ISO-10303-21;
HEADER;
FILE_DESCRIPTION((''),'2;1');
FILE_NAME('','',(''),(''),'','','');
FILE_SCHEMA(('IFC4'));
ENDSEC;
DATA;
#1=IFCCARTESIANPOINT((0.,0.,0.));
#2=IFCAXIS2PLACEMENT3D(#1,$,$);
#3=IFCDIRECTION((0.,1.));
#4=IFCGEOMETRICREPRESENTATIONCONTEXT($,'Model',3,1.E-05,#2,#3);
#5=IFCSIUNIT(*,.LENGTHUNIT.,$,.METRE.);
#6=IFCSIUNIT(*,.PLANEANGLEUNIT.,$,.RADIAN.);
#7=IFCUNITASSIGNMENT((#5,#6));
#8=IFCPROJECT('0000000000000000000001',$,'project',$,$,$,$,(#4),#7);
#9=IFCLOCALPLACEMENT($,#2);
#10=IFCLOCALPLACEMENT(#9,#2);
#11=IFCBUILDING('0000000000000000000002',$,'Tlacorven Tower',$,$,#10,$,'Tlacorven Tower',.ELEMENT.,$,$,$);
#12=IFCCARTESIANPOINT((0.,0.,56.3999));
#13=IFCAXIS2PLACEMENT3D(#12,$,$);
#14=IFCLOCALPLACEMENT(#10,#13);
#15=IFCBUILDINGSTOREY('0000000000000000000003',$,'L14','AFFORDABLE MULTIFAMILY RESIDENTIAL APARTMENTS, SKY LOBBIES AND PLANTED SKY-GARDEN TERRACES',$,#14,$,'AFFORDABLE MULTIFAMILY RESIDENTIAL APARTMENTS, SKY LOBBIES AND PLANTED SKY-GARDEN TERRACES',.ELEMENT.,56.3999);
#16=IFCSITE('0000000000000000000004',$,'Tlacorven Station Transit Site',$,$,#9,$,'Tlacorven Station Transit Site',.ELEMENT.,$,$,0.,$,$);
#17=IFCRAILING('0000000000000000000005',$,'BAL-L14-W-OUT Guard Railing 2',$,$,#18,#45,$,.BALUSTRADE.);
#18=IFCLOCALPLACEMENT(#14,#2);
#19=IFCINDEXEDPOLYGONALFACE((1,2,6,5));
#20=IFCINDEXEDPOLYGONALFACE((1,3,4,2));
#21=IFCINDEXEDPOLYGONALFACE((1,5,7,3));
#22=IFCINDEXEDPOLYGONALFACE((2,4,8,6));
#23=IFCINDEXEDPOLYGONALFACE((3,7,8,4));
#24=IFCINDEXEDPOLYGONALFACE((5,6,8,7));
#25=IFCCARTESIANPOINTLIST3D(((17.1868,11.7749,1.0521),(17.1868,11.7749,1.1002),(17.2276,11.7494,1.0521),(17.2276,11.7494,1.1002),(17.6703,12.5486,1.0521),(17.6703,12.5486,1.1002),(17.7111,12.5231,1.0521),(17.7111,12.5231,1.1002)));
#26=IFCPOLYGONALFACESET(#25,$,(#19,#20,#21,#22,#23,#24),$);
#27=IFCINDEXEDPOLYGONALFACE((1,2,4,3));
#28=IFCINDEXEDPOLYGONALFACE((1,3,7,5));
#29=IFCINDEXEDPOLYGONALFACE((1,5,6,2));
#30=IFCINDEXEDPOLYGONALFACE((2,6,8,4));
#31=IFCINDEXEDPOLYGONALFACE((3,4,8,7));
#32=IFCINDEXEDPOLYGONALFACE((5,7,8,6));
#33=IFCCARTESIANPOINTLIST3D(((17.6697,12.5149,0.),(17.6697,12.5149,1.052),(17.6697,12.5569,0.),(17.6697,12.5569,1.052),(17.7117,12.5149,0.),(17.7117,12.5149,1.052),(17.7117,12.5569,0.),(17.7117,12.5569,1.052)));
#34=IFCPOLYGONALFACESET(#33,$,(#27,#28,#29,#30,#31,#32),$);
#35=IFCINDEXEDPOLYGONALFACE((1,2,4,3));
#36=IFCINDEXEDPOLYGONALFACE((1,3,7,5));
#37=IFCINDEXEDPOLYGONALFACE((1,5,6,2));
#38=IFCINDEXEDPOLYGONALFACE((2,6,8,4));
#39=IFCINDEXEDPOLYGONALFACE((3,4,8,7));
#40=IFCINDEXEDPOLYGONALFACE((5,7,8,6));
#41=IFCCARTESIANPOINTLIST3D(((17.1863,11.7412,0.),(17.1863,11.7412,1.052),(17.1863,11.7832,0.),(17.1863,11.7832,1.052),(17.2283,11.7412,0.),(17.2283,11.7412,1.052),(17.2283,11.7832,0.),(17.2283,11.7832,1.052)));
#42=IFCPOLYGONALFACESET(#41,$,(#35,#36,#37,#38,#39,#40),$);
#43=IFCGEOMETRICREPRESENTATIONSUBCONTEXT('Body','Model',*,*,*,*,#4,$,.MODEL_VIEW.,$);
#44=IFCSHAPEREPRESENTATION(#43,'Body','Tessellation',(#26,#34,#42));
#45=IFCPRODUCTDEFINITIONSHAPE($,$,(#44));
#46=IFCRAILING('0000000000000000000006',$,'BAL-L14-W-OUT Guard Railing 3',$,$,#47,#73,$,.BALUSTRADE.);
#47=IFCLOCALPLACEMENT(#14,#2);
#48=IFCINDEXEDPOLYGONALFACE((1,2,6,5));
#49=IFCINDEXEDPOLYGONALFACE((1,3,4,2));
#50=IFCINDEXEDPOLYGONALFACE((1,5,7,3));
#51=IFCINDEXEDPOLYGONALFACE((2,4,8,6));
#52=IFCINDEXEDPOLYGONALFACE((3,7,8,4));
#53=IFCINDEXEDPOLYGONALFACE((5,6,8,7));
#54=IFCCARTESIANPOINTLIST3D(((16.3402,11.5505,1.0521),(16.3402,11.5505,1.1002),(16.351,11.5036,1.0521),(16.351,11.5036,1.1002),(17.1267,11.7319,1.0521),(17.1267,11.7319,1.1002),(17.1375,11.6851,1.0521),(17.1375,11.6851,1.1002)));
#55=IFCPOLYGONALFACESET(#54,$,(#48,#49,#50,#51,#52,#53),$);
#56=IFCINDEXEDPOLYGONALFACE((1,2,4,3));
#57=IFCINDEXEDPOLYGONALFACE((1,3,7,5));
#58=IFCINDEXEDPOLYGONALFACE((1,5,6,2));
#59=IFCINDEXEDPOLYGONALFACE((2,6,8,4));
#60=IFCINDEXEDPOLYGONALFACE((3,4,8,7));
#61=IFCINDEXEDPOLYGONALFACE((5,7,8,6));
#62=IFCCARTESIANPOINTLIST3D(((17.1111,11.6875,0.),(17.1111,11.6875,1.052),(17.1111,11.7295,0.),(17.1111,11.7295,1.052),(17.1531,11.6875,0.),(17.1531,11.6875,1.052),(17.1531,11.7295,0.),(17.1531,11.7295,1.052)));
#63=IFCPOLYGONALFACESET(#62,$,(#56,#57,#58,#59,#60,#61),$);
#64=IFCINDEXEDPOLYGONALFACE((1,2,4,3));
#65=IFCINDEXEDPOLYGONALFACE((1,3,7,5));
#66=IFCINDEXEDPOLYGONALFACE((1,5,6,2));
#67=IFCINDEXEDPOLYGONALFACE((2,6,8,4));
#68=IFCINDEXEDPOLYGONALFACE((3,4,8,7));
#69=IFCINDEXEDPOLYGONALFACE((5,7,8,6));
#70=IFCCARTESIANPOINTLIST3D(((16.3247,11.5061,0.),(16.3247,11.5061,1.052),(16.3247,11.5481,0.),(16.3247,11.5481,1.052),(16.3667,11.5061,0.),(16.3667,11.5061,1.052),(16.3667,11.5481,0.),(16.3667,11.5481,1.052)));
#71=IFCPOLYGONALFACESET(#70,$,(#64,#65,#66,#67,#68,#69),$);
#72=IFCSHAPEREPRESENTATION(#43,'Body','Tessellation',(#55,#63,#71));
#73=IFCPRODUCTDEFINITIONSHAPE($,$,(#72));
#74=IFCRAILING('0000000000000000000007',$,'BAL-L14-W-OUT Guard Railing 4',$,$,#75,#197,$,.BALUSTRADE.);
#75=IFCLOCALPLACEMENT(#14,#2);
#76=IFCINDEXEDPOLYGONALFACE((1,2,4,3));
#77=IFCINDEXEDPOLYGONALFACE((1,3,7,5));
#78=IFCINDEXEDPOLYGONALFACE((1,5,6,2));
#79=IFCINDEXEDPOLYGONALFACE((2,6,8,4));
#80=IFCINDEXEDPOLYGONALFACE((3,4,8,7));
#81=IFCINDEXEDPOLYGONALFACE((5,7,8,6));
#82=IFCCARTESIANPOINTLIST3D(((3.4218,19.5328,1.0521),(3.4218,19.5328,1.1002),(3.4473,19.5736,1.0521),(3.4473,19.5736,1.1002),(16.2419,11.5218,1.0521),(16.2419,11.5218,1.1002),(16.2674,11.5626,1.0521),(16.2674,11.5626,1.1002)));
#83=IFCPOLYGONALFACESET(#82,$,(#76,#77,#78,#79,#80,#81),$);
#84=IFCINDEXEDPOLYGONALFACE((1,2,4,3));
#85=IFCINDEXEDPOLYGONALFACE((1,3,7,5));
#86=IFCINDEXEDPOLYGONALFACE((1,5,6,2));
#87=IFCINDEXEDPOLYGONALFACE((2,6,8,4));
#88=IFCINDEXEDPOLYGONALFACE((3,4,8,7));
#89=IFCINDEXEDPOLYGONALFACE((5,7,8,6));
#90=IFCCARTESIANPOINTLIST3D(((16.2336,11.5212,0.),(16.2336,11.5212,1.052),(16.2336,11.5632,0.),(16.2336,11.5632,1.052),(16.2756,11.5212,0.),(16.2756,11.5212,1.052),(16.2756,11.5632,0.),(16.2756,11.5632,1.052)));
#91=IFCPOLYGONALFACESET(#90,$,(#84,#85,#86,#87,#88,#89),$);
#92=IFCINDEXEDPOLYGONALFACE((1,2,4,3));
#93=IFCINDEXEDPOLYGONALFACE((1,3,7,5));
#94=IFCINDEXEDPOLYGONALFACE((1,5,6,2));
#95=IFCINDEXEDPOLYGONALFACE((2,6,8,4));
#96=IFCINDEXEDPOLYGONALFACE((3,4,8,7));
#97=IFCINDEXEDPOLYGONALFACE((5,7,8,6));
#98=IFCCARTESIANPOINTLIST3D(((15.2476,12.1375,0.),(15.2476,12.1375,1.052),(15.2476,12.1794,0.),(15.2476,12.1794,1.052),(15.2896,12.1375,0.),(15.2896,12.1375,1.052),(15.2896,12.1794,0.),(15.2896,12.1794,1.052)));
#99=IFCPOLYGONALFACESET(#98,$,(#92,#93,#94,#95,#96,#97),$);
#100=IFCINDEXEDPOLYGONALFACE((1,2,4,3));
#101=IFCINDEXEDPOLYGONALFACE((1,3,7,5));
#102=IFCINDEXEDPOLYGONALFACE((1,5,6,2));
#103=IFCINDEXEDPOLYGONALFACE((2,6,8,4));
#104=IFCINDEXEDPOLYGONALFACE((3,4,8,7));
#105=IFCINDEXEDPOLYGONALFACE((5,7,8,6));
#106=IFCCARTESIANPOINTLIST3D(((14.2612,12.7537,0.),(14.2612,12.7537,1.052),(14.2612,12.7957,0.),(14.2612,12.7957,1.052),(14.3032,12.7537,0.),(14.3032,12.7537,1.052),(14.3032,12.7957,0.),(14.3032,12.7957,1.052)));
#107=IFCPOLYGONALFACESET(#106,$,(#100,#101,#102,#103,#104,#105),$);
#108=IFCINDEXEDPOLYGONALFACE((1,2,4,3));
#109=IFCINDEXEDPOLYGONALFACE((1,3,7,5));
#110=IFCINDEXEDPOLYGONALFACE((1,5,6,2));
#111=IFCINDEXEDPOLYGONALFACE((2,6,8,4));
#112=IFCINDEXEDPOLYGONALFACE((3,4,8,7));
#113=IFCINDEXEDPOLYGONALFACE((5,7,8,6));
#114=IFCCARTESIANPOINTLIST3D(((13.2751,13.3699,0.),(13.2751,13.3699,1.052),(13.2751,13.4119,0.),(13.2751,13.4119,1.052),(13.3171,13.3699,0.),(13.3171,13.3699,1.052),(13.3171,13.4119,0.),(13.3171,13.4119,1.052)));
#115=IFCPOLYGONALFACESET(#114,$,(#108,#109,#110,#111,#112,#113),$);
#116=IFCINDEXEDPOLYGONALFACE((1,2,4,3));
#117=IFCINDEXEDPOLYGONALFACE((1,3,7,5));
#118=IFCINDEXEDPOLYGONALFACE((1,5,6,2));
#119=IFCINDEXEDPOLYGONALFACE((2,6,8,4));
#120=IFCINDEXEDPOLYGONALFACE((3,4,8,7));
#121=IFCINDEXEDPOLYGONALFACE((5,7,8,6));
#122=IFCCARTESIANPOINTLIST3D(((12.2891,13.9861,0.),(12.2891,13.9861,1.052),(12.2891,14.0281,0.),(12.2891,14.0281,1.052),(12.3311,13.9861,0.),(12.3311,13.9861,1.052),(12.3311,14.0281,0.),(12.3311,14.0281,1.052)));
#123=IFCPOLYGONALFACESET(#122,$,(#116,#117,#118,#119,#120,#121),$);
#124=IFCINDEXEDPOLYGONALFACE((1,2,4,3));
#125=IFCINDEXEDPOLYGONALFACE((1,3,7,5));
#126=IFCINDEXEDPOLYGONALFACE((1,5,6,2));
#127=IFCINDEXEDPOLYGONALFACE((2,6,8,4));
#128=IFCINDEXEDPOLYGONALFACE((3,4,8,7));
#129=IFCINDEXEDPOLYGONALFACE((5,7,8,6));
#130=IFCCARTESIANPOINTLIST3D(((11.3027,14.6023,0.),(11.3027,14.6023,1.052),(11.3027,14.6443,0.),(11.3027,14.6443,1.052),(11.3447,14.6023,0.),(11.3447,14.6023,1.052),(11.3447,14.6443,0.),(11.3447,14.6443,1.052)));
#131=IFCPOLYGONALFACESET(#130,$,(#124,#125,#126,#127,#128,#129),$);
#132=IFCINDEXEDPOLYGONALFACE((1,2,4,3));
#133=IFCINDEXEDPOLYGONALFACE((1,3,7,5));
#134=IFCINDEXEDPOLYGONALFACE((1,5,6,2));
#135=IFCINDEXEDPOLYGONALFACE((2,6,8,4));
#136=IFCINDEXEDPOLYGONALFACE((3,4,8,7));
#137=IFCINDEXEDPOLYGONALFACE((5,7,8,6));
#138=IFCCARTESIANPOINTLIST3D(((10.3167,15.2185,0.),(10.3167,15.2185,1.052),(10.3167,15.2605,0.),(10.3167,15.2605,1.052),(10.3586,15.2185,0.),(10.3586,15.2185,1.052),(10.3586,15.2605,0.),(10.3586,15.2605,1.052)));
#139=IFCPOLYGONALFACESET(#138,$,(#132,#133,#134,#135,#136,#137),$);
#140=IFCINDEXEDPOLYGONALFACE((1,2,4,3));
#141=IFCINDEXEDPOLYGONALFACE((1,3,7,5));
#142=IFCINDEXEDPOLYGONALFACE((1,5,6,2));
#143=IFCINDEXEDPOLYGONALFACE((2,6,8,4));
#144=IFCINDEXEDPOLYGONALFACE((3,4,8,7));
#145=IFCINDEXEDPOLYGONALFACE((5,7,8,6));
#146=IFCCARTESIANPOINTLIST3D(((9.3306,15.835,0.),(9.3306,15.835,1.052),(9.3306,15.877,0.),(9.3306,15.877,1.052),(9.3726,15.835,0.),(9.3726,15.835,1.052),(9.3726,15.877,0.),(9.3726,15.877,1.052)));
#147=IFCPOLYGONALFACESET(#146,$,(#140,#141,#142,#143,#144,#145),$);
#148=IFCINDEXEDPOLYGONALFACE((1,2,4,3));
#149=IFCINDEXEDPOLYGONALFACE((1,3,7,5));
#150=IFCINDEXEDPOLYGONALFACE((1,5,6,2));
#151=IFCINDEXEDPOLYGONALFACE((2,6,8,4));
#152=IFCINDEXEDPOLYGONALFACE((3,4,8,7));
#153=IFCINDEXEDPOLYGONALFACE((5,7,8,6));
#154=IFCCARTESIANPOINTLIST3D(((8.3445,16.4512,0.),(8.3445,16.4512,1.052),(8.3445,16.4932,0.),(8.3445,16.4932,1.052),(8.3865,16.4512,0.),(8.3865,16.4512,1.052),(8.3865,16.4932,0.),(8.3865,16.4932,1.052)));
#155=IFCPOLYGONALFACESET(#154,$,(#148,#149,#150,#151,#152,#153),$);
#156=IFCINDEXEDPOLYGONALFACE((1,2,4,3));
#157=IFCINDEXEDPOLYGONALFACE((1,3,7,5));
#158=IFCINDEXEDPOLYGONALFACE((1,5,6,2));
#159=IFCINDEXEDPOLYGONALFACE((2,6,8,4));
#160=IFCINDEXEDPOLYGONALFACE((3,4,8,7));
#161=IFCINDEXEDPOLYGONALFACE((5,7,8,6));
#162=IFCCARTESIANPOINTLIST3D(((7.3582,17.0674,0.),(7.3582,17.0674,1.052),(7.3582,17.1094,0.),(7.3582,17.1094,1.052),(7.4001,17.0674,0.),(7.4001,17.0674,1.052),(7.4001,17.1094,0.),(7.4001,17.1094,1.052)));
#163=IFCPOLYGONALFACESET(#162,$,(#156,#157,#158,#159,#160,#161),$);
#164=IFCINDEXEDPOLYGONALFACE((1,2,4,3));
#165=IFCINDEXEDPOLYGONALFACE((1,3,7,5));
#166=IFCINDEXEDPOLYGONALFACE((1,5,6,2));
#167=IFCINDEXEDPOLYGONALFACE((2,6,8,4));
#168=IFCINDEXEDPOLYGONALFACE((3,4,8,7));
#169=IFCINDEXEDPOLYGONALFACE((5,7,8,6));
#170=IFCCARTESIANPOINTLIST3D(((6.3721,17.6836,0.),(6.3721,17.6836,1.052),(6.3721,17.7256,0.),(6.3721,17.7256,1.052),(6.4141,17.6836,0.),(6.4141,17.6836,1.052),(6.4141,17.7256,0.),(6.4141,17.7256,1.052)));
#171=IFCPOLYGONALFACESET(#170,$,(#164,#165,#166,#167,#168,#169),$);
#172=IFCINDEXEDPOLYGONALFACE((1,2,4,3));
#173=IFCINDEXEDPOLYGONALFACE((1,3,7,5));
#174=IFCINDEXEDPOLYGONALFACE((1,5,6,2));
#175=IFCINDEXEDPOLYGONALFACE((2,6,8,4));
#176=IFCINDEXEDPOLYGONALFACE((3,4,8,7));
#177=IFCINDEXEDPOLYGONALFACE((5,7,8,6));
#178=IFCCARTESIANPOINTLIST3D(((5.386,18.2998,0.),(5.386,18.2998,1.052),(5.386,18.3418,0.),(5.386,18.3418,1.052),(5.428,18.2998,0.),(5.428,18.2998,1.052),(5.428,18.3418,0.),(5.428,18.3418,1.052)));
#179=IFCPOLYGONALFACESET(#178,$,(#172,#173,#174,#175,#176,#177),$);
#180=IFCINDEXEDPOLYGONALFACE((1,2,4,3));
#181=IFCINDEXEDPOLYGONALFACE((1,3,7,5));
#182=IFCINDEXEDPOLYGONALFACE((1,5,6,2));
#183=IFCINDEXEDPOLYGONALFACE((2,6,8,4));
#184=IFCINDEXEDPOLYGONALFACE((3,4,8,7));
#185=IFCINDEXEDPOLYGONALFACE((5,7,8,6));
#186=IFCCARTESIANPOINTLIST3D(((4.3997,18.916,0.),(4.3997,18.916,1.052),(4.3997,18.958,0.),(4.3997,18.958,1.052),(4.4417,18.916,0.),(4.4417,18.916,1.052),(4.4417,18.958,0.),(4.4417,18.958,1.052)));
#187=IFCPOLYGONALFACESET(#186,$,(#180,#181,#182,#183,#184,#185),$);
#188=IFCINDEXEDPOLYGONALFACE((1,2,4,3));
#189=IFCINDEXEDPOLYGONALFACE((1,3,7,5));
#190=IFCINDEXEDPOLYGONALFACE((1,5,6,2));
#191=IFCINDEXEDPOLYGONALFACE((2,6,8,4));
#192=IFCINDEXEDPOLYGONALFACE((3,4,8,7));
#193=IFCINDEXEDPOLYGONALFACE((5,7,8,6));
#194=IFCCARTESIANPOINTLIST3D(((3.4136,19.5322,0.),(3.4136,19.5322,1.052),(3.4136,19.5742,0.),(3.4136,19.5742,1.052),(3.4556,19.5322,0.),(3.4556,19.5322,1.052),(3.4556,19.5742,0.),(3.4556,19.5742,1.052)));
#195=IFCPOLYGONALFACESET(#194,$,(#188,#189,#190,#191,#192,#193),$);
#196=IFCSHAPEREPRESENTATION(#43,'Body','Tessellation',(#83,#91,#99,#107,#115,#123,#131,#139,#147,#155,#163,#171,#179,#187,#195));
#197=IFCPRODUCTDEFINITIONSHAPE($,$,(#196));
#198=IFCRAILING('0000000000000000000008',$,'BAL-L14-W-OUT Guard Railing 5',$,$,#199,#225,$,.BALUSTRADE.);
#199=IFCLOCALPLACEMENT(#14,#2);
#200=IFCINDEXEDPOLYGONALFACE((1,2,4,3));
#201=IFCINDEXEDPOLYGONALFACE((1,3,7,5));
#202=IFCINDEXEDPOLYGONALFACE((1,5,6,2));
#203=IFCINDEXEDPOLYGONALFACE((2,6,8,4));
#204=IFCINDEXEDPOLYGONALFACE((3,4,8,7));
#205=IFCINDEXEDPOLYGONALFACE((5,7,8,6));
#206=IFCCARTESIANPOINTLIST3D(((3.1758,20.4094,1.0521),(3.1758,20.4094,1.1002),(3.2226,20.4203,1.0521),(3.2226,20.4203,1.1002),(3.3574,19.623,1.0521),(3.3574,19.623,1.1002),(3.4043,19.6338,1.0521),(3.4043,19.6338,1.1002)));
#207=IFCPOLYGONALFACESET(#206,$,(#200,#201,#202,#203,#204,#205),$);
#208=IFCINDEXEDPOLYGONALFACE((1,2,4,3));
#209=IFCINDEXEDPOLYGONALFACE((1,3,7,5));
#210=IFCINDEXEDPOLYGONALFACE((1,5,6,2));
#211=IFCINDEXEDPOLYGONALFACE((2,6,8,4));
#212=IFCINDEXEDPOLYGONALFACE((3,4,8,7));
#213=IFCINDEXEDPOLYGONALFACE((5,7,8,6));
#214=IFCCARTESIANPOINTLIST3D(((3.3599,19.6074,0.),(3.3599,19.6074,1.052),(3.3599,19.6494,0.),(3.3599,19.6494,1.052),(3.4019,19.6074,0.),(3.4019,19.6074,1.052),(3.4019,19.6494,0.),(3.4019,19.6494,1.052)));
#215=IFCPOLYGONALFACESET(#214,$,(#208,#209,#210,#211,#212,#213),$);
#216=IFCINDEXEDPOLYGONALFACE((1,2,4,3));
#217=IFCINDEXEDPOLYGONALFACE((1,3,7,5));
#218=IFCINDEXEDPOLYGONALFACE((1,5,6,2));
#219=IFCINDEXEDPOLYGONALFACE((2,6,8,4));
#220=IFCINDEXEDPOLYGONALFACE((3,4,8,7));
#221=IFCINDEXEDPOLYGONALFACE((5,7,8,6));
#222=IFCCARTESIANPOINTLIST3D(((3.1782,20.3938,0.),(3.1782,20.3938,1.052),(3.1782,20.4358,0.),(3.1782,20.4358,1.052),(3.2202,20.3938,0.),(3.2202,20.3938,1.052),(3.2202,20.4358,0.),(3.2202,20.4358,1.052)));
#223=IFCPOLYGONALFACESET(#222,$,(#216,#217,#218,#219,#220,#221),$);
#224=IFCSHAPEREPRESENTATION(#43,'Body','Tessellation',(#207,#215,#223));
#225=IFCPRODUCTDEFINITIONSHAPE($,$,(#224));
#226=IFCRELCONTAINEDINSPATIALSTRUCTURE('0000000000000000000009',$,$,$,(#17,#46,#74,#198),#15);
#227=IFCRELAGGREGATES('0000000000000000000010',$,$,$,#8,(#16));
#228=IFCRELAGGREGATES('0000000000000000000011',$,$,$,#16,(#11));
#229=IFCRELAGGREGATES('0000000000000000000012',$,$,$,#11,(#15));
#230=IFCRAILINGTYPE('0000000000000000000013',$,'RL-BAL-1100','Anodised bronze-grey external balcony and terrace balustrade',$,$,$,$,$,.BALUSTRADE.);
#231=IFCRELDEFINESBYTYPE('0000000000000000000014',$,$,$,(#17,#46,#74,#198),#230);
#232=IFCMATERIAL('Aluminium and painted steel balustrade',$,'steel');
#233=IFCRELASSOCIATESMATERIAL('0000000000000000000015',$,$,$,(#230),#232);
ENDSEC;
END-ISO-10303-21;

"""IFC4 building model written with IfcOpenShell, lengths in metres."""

from ifc_helpers import new_model, si_unit, direction, frame, origin, origin_2d, place, context, subcontext, project, spatial, rectangle, extrude, source, transform, mapped, material, type_object, element, save


model = new_model("IFC4")

# Units and contexts
model_context = context("Model", 3, precision=1e-05, world=origin(), true_north=direction((0.0, 1.0)))
body_context = subcontext(model_context, "Body", "Model", "MODEL_VIEW")
ifc_project = project(units=[si_unit("LENGTHUNIT", "METRE"), si_unit("PLANEANGLEUNIT", "RADIAN")], contexts=[model_context])

# Site, building, storey
site_placement = place(None, origin())
site = spatial("IfcSite", under=ifc_project, at=site_placement, Name="Tlacorven Station Transit Site", LongName="Tlacorven Station Transit Site", CompositionType="ELEMENT", RefElevation=0.0)
building_placement = place(site_placement, origin())
building = spatial("IfcBuilding", under=site, at=building_placement, Name="Tlacorven Tower", LongName="Tlacorven Tower", CompositionType="ELEMENT")
storey_placement = place(building_placement, frame((0.0, 0.0, 56.3999)))
storey = spatial("IfcBuildingStorey", under=building, at=storey_placement, Name="L14", Description="AFFORDABLE MULTIFAMILY RESIDENTIAL APARTMENTS, SKY LOBBIES AND PLANTED SKY-GARDEN TERRACES", LongName="AFFORDABLE MULTIFAMILY RESIDENTIAL APARTMENTS, SKY LOBBIES AND PLANTED SKY-GARDEN TERRACES", CompositionType="ELEMENT", Elevation=56.3999)

# Railings
ifc_material_1 = material(Name="Aluminium and painted steel balustrade", Category="steel")
railing_type = type_object("IfcRailingType", Name="RL-BAL-1100", Description="Anodised bronze-grey external balcony and terrace balustrade", PredefinedType="BALUSTRADE", material=ifc_material_1)
shared_shape_1 = source(origin(), body_context, "Body", "SweptSolid", [
    extrude(rectangle(XDim=0.0481, YDim=0.0481, at=origin_2d()), frame((0.0, 0.0, 1.0762), z_axis=(-0.529879, -0.848073, 0.0), x_axis=(0.848073, -0.529879, 0.0)), (0.0, 0.0, 1.0), 0.9124),
    extrude(rectangle(XDim=0.042, YDim=0.042, at=origin_2d()), origin(), (0.0, 0.0, 1.0), 1.052),
    extrude(rectangle(XDim=0.042, YDim=0.042, at=origin_2d()), frame((-0.4834, -0.7737, 0.0)), (0.0, 0.0, 1.0), 1.052),
])
railing_1_placement = place(storey_placement, frame((17.6907, 12.5359, 0.0)))
element("IfcRailing", 1, at=railing_1_placement, inside=storey, type_object=railing_type, Name="BAL-L14-W-OUT Guard Railing 2", PredefinedType="BALUSTRADE", context=body_context, shape_type="MappedRepresentation", body=[
    mapped(shared_shape_1, transform((0.0, 0.0, 0.0), scale=1.0)),
])
shared_shape_2 = source(origin(), body_context, "Body", "SweptSolid", [
    extrude(rectangle(XDim=0.0481, YDim=0.0481, at=origin_2d()), frame((0.0, 0.0, 1.0762), z_axis=(-0.974412, -0.224771, 0.0), x_axis=(0.224771, -0.974412, 0.0)), (0.0, 0.0, 1.0), 0.8071),
    extrude(rectangle(XDim=0.042, YDim=0.042, at=origin_2d()), origin(), (0.0, 0.0, 1.0), 1.052),
    extrude(rectangle(XDim=0.042, YDim=0.042, at=origin_2d()), frame((-0.7864, -0.1814, 0.0)), (0.0, 0.0, 1.0), 1.052),
])
railing_2_placement = place(storey_placement, frame((17.1321, 11.7085, 0.0)))
element("IfcRailing", 2, at=railing_2_placement, inside=storey, type_object=railing_type, Name="BAL-L14-W-OUT Guard Railing 3", PredefinedType="BALUSTRADE", context=body_context, shape_type="MappedRepresentation", body=[
    mapped(shared_shape_2, transform((0.0, 0.0, 0.0), scale=1.0)),
])
shared_shape_3 = source(origin(), body_context, "Body", "SweptSolid", [
    extrude(rectangle(XDim=0.0481, YDim=0.0481, at=origin_2d()), frame((0.0, 0.0, 1.0762), z_axis=(-0.848045, 0.529925, 0.0), x_axis=(-0.529925, -0.848045, 0.0)), (0.0, 0.0, 1.0), 15.1172),
    extrude(rectangle(XDim=0.042, YDim=0.042, at=origin_2d()), origin(), (0.0, 0.0, 1.0), 1.052),
    extrude(rectangle(XDim=0.042, YDim=0.042, at=origin_2d()), frame((-0.9861, 0.6162, 0.0)), (0.0, 0.0, 1.0), 1.052),
    extrude(rectangle(XDim=0.042, YDim=0.042, at=origin_2d()), frame((-1.9724, 1.2324, 0.0)), (0.0, 0.0, 1.0), 1.052),
    extrude(rectangle(XDim=0.042, YDim=0.042, at=origin_2d()), frame((-2.9585, 1.8486, 0.0)), (0.0, 0.0, 1.0), 1.052),
    extrude(rectangle(XDim=0.042, YDim=0.042, at=origin_2d()), frame((-3.9446, 2.4648, 0.0)), (0.0, 0.0, 1.0), 1.052),
    extrude(rectangle(XDim=0.042, YDim=0.042, at=origin_2d()), frame((-4.9309, 3.0811, 0.0)), (0.0, 0.0, 1.0), 1.052),
    extrude(rectangle(XDim=0.042, YDim=0.042, at=origin_2d()), frame((-5.917, 3.6973, 0.0)), (0.0, 0.0, 1.0), 1.052),
    extrude(rectangle(XDim=0.042, YDim=0.042, at=origin_2d()), frame((-6.9031, 4.3137, 0.0)), (0.0, 0.0, 1.0), 1.052),
    extrude(rectangle(XDim=0.042, YDim=0.042, at=origin_2d()), frame((-7.8892, 4.9299, 0.0)), (0.0, 0.0, 1.0), 1.052),
    extrude(rectangle(XDim=0.042, YDim=0.042, at=origin_2d()), frame((-8.8755, 5.5461, 0.0)), (0.0, 0.0, 1.0), 1.052),
    extrude(rectangle(XDim=0.042, YDim=0.042, at=origin_2d()), frame((-9.8616, 6.1624, 0.0)), (0.0, 0.0, 1.0), 1.052),
    extrude(rectangle(XDim=0.042, YDim=0.042, at=origin_2d()), frame((-10.8477, 6.7786, 0.0)), (0.0, 0.0, 1.0), 1.052),
    extrude(rectangle(XDim=0.042, YDim=0.042, at=origin_2d()), frame((-11.834, 7.3948, 0.0)), (0.0, 0.0, 1.0), 1.052),
    extrude(rectangle(XDim=0.042, YDim=0.042, at=origin_2d()), frame((-12.8201, 8.011, 0.0)), (0.0, 0.0, 1.0), 1.052),
])
railing_3_placement = place(storey_placement, frame((16.2546, 11.5422, 0.0)))
element("IfcRailing", 3, at=railing_3_placement, inside=storey, type_object=railing_type, Name="BAL-L14-W-OUT Guard Railing 4", PredefinedType="BALUSTRADE", context=body_context, shape_type="MappedRepresentation", body=[
    mapped(shared_shape_3, transform((0.0, 0.0, 0.0), scale=1.0)),
])
shared_shape_4 = source(origin(), body_context, "Body", "SweptSolid", [
    extrude(rectangle(XDim=0.0481, YDim=0.0481, at=origin_2d()), frame((0.0, 0.0, 1.0762), z_axis=(-0.225058, 0.974345, 0.0), x_axis=(-0.974345, -0.225058, 0.0)), (0.0, 0.0, 1.0), 0.8071),
    extrude(rectangle(XDim=0.042, YDim=0.042, at=origin_2d()), origin(), (0.0, 0.0, 1.0), 1.052),
    extrude(rectangle(XDim=0.042, YDim=0.042, at=origin_2d()), frame((-0.1816, 0.7864, 0.0)), (0.0, 0.0, 1.0), 1.052),
])
railing_4_placement = place(storey_placement, frame((3.3809, 19.6284, 0.0)))
element("IfcRailing", 4, at=railing_4_placement, inside=storey, type_object=railing_type, Name="BAL-L14-W-OUT Guard Railing 5", PredefinedType="BALUSTRADE", context=body_context, shape_type="MappedRepresentation", body=[
    mapped(shared_shape_4, transform((0.0, 0.0, 0.0), scale=1.0)),
])

save(model, "model.ifc")
